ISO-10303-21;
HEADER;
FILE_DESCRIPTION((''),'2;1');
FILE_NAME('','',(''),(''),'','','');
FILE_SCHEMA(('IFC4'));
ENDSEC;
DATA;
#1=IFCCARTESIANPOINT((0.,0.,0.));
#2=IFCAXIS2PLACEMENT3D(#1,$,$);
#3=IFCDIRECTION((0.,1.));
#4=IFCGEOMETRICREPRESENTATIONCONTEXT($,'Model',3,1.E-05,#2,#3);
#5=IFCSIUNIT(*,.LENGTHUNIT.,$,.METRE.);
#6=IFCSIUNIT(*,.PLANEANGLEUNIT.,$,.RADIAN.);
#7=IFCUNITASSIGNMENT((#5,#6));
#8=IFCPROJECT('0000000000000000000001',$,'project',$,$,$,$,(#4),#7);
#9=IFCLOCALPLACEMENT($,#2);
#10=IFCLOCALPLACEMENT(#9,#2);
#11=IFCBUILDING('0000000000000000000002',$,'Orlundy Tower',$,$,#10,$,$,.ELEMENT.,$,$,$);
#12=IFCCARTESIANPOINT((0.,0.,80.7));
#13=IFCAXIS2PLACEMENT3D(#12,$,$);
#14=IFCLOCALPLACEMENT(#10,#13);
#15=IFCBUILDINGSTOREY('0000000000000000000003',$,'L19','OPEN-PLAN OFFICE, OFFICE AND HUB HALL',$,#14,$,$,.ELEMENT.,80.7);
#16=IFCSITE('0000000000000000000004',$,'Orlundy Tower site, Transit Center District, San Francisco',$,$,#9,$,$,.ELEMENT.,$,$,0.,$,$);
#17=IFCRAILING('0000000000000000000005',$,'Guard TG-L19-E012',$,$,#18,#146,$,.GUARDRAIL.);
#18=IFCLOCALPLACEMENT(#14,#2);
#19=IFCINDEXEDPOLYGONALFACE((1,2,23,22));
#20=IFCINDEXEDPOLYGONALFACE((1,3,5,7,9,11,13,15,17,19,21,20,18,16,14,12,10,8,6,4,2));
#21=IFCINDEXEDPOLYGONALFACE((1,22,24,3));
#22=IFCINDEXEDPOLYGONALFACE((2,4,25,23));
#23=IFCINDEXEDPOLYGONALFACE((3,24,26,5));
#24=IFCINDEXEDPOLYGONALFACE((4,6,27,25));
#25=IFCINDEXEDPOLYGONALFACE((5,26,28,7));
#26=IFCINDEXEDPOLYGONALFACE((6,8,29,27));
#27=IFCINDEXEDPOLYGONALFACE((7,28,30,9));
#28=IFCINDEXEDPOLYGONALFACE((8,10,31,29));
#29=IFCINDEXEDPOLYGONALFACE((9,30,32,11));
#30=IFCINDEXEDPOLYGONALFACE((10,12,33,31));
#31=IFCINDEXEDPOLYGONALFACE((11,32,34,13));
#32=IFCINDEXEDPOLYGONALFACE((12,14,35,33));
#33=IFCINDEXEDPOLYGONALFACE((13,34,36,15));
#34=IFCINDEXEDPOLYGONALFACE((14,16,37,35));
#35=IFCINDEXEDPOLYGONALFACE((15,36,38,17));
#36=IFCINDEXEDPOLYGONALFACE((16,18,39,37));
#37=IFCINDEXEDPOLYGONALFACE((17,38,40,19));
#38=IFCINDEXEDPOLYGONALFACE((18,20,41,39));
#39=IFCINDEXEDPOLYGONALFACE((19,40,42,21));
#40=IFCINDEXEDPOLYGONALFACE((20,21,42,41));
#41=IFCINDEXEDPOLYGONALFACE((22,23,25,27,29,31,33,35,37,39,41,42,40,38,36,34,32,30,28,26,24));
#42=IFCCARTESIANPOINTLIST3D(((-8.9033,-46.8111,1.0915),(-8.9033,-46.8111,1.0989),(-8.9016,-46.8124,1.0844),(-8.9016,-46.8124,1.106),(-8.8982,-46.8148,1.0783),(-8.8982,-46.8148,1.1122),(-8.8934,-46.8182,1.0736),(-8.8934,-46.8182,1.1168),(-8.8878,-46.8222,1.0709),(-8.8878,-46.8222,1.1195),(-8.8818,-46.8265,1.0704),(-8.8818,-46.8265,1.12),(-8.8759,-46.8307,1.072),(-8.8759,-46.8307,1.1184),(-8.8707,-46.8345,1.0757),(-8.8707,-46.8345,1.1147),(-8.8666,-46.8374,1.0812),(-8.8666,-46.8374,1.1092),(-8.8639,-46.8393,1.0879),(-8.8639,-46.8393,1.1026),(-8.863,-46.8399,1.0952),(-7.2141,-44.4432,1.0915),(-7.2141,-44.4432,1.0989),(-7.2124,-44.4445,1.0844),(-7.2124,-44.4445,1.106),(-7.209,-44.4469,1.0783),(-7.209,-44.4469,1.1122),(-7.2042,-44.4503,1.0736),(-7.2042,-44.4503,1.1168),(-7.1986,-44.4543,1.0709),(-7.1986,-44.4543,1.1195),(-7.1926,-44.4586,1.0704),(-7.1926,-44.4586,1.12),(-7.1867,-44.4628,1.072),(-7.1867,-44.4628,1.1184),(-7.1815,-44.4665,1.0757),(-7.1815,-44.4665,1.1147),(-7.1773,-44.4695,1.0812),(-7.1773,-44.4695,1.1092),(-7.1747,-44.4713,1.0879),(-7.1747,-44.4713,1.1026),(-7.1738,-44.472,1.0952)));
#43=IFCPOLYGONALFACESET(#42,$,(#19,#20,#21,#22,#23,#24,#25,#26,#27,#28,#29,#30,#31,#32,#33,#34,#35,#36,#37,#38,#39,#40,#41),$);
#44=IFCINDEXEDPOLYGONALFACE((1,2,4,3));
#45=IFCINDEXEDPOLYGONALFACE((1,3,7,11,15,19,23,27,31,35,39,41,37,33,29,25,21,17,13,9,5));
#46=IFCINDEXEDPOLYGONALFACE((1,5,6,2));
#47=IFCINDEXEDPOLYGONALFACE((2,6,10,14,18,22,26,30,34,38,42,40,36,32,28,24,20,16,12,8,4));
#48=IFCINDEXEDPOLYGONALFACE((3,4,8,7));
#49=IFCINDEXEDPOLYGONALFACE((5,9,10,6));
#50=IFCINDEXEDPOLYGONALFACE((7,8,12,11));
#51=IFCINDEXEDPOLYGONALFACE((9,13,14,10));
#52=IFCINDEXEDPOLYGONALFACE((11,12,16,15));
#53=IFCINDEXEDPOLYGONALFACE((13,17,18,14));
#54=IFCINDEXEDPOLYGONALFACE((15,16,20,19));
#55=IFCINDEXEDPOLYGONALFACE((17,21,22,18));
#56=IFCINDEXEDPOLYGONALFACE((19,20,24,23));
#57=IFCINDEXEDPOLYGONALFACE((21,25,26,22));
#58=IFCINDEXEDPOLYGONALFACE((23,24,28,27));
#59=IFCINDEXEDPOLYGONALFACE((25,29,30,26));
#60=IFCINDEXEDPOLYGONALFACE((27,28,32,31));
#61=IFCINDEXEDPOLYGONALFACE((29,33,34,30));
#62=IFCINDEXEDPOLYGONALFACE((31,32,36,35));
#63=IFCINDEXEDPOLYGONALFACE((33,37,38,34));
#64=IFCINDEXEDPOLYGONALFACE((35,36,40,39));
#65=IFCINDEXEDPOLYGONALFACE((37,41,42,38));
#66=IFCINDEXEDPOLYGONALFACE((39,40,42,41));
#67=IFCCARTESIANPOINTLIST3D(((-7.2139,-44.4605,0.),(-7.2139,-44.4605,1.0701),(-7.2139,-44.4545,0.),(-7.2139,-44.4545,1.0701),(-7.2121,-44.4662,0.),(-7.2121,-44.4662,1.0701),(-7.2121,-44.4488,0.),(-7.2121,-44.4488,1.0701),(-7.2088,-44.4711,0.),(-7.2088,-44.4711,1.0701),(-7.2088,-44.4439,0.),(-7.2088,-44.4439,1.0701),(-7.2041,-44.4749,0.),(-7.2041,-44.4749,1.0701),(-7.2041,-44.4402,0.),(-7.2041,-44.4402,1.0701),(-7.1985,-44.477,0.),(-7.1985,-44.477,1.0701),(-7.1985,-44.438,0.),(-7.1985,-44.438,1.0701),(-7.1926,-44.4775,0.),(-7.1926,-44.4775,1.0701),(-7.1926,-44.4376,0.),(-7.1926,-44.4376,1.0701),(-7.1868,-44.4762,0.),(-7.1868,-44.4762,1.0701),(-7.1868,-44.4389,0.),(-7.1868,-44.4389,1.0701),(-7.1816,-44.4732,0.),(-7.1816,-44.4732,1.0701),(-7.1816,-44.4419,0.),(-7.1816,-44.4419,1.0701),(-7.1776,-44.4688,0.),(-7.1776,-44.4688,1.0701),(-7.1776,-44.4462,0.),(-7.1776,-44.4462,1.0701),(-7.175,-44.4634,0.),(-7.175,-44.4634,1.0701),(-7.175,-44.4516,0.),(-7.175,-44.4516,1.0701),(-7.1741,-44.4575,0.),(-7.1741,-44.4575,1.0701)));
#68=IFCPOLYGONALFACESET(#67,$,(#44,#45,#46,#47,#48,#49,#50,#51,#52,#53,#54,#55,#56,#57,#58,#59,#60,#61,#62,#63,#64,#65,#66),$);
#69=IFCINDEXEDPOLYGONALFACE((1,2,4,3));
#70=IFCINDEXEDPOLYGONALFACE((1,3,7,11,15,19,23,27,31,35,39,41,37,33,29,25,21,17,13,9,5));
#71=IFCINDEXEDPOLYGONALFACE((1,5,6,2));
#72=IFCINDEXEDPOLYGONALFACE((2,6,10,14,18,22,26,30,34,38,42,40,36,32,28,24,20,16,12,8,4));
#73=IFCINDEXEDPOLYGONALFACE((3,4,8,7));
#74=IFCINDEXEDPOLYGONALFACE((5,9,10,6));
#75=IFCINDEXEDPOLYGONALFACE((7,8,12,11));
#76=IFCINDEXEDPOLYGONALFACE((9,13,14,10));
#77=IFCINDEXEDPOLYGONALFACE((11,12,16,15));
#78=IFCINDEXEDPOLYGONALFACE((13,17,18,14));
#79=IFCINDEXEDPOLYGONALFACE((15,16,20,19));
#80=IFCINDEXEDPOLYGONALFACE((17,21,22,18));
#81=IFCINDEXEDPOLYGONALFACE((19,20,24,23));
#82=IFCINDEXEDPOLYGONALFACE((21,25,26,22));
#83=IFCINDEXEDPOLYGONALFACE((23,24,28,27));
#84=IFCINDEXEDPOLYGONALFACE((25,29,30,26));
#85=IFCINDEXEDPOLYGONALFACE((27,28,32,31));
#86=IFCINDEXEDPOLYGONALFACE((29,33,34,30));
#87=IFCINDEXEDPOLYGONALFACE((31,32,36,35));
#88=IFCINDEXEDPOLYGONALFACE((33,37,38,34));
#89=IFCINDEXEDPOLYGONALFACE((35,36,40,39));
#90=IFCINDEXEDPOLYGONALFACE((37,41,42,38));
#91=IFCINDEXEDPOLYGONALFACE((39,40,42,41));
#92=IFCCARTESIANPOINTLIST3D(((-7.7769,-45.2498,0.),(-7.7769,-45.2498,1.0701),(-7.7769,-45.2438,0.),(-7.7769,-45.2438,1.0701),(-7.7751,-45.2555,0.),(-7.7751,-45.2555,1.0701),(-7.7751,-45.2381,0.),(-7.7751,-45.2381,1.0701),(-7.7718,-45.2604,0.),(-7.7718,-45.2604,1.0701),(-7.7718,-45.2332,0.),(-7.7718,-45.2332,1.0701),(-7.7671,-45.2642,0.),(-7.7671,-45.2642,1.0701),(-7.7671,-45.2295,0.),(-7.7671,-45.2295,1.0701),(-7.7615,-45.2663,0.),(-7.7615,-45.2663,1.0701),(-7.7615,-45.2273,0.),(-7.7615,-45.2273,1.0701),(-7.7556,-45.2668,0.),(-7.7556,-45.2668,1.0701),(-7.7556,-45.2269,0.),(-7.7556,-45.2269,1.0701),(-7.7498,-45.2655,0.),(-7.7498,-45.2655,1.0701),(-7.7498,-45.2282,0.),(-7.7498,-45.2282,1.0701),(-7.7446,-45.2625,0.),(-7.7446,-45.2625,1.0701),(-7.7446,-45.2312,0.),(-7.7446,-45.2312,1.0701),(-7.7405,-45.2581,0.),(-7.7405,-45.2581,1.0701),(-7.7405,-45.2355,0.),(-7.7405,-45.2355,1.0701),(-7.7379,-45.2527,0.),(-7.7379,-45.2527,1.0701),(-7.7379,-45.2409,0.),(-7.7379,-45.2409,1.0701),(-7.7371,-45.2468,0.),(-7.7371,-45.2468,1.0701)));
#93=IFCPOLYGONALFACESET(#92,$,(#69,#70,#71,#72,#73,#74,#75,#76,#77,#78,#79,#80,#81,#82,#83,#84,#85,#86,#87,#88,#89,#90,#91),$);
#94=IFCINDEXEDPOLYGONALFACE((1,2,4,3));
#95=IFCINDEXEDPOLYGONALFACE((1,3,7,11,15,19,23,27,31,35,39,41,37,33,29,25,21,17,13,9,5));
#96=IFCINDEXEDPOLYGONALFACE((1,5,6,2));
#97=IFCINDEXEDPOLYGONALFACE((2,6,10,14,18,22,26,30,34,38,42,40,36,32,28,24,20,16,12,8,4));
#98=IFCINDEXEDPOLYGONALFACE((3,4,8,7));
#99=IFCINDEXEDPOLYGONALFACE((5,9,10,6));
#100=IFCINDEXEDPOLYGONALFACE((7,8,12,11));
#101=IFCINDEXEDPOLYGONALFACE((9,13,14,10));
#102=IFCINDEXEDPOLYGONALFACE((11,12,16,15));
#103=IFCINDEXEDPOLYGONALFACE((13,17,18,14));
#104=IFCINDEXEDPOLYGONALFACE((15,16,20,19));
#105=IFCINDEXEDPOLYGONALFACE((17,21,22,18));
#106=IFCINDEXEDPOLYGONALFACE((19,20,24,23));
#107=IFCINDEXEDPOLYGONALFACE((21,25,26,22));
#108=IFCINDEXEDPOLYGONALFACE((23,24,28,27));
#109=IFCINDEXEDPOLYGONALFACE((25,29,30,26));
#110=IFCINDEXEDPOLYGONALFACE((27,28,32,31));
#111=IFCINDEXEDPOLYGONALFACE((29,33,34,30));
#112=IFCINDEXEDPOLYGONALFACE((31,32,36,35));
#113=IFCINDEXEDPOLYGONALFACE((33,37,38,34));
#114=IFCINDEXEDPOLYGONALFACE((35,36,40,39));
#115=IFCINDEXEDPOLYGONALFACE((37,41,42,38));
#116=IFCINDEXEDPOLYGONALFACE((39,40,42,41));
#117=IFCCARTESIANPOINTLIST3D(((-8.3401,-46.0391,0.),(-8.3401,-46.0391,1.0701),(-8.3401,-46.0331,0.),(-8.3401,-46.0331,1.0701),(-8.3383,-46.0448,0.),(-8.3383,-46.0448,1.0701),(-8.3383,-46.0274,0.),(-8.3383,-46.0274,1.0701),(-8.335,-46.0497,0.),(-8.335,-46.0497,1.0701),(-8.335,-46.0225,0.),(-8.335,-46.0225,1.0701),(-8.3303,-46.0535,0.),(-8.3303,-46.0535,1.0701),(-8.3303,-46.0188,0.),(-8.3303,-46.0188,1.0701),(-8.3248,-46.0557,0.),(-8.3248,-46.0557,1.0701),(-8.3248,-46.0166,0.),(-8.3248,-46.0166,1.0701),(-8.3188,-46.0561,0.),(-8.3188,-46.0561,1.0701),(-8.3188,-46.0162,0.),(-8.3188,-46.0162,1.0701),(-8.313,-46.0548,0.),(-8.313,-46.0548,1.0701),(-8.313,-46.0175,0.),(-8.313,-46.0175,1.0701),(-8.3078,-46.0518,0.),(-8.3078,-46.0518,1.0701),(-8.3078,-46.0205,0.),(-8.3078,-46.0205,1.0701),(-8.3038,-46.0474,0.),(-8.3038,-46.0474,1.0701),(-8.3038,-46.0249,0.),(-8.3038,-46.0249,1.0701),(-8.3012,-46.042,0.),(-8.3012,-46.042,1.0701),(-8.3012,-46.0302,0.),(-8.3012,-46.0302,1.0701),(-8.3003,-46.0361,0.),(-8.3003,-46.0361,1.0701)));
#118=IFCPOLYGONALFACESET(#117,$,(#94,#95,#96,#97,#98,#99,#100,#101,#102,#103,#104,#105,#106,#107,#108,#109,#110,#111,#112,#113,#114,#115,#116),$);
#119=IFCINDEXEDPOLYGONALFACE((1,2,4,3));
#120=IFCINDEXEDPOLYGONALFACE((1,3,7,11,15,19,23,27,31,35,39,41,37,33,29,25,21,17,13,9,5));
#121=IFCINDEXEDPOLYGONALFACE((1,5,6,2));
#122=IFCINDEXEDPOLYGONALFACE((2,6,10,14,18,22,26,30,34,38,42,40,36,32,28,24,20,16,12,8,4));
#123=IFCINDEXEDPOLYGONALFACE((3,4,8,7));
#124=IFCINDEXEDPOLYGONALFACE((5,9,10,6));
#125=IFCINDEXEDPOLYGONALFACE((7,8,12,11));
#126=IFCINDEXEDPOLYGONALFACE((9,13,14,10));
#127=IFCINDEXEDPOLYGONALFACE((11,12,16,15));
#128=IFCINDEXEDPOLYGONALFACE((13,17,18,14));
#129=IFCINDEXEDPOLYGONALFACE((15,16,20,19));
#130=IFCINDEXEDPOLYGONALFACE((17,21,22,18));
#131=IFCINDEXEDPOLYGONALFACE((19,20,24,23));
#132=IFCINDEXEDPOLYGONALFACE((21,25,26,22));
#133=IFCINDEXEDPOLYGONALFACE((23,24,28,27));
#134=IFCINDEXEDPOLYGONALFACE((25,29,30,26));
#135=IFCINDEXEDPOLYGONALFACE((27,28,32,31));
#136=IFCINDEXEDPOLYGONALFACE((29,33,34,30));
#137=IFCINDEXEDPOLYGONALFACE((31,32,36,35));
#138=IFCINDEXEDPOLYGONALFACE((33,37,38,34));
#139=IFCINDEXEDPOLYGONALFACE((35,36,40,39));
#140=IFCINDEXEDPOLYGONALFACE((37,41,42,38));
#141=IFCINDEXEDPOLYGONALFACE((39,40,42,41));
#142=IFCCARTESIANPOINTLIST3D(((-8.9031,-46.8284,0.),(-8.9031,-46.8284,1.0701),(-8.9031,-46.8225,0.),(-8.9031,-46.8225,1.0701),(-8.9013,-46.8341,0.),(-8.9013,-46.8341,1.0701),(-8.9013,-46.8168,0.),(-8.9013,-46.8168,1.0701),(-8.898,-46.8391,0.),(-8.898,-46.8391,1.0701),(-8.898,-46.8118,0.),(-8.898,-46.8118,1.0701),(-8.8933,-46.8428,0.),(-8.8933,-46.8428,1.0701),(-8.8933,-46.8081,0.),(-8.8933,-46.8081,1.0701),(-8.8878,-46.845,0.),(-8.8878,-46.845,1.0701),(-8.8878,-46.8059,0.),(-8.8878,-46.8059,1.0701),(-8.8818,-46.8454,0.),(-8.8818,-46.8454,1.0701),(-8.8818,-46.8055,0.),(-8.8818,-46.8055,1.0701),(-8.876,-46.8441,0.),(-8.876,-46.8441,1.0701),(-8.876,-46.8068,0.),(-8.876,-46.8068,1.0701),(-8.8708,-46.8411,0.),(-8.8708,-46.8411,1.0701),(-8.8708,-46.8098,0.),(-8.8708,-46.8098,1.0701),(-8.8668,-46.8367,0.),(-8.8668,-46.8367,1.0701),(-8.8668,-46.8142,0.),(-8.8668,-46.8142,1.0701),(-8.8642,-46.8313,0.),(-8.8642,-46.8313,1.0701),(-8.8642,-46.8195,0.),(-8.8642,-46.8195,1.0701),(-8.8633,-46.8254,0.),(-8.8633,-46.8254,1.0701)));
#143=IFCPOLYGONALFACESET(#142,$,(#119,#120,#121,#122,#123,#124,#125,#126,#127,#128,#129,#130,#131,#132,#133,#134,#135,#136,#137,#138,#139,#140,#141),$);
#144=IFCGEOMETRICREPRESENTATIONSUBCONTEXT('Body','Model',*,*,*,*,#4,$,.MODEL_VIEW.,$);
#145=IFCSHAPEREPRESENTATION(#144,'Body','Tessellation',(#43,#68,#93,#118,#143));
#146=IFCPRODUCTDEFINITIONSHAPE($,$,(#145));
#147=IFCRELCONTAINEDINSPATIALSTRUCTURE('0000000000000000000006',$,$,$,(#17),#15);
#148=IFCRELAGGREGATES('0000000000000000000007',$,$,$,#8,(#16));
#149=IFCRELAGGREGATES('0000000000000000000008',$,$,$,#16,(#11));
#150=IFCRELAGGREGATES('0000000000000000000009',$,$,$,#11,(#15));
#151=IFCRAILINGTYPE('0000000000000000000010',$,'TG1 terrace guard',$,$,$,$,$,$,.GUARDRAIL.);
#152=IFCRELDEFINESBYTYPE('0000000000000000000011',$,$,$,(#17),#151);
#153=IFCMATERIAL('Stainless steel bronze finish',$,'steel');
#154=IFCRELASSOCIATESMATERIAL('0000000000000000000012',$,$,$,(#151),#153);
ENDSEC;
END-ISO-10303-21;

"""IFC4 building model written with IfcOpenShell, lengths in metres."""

from ifc_helpers import new_model, si_unit, direction, frame, origin, origin_2d, place, context, subcontext, project, spatial, circle, extrude, material, type_object, element, save


model = new_model("IFC4")

# Units and contexts
model_context = context("Model", 3, precision=1e-05, world=origin(), true_north=direction((0.0, 1.0)))
body_context = subcontext(model_context, "Body", "Model", "MODEL_VIEW")
ifc_project = project(units=[si_unit("LENGTHUNIT", "METRE"), si_unit("PLANEANGLEUNIT", "RADIAN")], contexts=[model_context])

# Site, building, storey
site_placement = place(None, origin())
site = spatial("IfcSite", under=ifc_project, at=site_placement, Name="Orlundy Tower site, Transit Center District, San Francisco", CompositionType="ELEMENT", RefElevation=0.0)
building_placement = place(site_placement, origin())
building = spatial("IfcBuilding", under=site, at=building_placement, Name="Orlundy Tower", CompositionType="ELEMENT")
storey_placement = place(building_placement, frame((0.0, 0.0, 80.7)))
storey = spatial("IfcBuildingStorey", under=building, at=storey_placement, Name="L19", Description="OPEN-PLAN OFFICE, OFFICE AND HUB HALL", CompositionType="ELEMENT", Elevation=80.7)

# Railing
ifc_material_1 = material(Name="Stainless steel bronze finish", Category="steel")
railing_type = type_object("IfcRailingType", Name="TG1 terrace guard", PredefinedType="GUARDRAIL", material=ifc_material_1)
railing_1_placement = place(storey_placement, frame((-7.1941, -44.4575, 0.0)))
element("IfcRailing", 1, at=railing_1_placement, inside=storey, type_object=railing_type, Name="Guard TG-L19-E012", PredefinedType="GUARDRAIL", context=body_context, shape_type="SweptSolid", body=[
    extrude(circle(Radius=0.0249, at=origin_2d()), frame((0.0, 0.0, 1.0952), z_axis=(-0.580746, -0.814085, 0.0), x_axis=(0.814085, -0.580746, 0.0)), (0.0, 0.0, 1.0), 2.9087),
    extrude(circle(Radius=0.02, at=origin_2d()), origin(), (0.0, 0.0, 1.0), 1.0701),
    extrude(circle(Radius=0.02, at=origin_2d()), frame((-0.563, -0.7893, 0.0)), (0.0, 0.0, 1.0), 1.0701),
    extrude(circle(Radius=0.02, at=origin_2d()), frame((-1.1262, -1.5786, 0.0)), (0.0, 0.0, 1.0), 1.0701),
    extrude(circle(Radius=0.02, at=origin_2d()), frame((-1.6892, -2.3679, 0.0)), (0.0, 0.0, 1.0), 1.0701),
])

save(model, "model.ifc")
